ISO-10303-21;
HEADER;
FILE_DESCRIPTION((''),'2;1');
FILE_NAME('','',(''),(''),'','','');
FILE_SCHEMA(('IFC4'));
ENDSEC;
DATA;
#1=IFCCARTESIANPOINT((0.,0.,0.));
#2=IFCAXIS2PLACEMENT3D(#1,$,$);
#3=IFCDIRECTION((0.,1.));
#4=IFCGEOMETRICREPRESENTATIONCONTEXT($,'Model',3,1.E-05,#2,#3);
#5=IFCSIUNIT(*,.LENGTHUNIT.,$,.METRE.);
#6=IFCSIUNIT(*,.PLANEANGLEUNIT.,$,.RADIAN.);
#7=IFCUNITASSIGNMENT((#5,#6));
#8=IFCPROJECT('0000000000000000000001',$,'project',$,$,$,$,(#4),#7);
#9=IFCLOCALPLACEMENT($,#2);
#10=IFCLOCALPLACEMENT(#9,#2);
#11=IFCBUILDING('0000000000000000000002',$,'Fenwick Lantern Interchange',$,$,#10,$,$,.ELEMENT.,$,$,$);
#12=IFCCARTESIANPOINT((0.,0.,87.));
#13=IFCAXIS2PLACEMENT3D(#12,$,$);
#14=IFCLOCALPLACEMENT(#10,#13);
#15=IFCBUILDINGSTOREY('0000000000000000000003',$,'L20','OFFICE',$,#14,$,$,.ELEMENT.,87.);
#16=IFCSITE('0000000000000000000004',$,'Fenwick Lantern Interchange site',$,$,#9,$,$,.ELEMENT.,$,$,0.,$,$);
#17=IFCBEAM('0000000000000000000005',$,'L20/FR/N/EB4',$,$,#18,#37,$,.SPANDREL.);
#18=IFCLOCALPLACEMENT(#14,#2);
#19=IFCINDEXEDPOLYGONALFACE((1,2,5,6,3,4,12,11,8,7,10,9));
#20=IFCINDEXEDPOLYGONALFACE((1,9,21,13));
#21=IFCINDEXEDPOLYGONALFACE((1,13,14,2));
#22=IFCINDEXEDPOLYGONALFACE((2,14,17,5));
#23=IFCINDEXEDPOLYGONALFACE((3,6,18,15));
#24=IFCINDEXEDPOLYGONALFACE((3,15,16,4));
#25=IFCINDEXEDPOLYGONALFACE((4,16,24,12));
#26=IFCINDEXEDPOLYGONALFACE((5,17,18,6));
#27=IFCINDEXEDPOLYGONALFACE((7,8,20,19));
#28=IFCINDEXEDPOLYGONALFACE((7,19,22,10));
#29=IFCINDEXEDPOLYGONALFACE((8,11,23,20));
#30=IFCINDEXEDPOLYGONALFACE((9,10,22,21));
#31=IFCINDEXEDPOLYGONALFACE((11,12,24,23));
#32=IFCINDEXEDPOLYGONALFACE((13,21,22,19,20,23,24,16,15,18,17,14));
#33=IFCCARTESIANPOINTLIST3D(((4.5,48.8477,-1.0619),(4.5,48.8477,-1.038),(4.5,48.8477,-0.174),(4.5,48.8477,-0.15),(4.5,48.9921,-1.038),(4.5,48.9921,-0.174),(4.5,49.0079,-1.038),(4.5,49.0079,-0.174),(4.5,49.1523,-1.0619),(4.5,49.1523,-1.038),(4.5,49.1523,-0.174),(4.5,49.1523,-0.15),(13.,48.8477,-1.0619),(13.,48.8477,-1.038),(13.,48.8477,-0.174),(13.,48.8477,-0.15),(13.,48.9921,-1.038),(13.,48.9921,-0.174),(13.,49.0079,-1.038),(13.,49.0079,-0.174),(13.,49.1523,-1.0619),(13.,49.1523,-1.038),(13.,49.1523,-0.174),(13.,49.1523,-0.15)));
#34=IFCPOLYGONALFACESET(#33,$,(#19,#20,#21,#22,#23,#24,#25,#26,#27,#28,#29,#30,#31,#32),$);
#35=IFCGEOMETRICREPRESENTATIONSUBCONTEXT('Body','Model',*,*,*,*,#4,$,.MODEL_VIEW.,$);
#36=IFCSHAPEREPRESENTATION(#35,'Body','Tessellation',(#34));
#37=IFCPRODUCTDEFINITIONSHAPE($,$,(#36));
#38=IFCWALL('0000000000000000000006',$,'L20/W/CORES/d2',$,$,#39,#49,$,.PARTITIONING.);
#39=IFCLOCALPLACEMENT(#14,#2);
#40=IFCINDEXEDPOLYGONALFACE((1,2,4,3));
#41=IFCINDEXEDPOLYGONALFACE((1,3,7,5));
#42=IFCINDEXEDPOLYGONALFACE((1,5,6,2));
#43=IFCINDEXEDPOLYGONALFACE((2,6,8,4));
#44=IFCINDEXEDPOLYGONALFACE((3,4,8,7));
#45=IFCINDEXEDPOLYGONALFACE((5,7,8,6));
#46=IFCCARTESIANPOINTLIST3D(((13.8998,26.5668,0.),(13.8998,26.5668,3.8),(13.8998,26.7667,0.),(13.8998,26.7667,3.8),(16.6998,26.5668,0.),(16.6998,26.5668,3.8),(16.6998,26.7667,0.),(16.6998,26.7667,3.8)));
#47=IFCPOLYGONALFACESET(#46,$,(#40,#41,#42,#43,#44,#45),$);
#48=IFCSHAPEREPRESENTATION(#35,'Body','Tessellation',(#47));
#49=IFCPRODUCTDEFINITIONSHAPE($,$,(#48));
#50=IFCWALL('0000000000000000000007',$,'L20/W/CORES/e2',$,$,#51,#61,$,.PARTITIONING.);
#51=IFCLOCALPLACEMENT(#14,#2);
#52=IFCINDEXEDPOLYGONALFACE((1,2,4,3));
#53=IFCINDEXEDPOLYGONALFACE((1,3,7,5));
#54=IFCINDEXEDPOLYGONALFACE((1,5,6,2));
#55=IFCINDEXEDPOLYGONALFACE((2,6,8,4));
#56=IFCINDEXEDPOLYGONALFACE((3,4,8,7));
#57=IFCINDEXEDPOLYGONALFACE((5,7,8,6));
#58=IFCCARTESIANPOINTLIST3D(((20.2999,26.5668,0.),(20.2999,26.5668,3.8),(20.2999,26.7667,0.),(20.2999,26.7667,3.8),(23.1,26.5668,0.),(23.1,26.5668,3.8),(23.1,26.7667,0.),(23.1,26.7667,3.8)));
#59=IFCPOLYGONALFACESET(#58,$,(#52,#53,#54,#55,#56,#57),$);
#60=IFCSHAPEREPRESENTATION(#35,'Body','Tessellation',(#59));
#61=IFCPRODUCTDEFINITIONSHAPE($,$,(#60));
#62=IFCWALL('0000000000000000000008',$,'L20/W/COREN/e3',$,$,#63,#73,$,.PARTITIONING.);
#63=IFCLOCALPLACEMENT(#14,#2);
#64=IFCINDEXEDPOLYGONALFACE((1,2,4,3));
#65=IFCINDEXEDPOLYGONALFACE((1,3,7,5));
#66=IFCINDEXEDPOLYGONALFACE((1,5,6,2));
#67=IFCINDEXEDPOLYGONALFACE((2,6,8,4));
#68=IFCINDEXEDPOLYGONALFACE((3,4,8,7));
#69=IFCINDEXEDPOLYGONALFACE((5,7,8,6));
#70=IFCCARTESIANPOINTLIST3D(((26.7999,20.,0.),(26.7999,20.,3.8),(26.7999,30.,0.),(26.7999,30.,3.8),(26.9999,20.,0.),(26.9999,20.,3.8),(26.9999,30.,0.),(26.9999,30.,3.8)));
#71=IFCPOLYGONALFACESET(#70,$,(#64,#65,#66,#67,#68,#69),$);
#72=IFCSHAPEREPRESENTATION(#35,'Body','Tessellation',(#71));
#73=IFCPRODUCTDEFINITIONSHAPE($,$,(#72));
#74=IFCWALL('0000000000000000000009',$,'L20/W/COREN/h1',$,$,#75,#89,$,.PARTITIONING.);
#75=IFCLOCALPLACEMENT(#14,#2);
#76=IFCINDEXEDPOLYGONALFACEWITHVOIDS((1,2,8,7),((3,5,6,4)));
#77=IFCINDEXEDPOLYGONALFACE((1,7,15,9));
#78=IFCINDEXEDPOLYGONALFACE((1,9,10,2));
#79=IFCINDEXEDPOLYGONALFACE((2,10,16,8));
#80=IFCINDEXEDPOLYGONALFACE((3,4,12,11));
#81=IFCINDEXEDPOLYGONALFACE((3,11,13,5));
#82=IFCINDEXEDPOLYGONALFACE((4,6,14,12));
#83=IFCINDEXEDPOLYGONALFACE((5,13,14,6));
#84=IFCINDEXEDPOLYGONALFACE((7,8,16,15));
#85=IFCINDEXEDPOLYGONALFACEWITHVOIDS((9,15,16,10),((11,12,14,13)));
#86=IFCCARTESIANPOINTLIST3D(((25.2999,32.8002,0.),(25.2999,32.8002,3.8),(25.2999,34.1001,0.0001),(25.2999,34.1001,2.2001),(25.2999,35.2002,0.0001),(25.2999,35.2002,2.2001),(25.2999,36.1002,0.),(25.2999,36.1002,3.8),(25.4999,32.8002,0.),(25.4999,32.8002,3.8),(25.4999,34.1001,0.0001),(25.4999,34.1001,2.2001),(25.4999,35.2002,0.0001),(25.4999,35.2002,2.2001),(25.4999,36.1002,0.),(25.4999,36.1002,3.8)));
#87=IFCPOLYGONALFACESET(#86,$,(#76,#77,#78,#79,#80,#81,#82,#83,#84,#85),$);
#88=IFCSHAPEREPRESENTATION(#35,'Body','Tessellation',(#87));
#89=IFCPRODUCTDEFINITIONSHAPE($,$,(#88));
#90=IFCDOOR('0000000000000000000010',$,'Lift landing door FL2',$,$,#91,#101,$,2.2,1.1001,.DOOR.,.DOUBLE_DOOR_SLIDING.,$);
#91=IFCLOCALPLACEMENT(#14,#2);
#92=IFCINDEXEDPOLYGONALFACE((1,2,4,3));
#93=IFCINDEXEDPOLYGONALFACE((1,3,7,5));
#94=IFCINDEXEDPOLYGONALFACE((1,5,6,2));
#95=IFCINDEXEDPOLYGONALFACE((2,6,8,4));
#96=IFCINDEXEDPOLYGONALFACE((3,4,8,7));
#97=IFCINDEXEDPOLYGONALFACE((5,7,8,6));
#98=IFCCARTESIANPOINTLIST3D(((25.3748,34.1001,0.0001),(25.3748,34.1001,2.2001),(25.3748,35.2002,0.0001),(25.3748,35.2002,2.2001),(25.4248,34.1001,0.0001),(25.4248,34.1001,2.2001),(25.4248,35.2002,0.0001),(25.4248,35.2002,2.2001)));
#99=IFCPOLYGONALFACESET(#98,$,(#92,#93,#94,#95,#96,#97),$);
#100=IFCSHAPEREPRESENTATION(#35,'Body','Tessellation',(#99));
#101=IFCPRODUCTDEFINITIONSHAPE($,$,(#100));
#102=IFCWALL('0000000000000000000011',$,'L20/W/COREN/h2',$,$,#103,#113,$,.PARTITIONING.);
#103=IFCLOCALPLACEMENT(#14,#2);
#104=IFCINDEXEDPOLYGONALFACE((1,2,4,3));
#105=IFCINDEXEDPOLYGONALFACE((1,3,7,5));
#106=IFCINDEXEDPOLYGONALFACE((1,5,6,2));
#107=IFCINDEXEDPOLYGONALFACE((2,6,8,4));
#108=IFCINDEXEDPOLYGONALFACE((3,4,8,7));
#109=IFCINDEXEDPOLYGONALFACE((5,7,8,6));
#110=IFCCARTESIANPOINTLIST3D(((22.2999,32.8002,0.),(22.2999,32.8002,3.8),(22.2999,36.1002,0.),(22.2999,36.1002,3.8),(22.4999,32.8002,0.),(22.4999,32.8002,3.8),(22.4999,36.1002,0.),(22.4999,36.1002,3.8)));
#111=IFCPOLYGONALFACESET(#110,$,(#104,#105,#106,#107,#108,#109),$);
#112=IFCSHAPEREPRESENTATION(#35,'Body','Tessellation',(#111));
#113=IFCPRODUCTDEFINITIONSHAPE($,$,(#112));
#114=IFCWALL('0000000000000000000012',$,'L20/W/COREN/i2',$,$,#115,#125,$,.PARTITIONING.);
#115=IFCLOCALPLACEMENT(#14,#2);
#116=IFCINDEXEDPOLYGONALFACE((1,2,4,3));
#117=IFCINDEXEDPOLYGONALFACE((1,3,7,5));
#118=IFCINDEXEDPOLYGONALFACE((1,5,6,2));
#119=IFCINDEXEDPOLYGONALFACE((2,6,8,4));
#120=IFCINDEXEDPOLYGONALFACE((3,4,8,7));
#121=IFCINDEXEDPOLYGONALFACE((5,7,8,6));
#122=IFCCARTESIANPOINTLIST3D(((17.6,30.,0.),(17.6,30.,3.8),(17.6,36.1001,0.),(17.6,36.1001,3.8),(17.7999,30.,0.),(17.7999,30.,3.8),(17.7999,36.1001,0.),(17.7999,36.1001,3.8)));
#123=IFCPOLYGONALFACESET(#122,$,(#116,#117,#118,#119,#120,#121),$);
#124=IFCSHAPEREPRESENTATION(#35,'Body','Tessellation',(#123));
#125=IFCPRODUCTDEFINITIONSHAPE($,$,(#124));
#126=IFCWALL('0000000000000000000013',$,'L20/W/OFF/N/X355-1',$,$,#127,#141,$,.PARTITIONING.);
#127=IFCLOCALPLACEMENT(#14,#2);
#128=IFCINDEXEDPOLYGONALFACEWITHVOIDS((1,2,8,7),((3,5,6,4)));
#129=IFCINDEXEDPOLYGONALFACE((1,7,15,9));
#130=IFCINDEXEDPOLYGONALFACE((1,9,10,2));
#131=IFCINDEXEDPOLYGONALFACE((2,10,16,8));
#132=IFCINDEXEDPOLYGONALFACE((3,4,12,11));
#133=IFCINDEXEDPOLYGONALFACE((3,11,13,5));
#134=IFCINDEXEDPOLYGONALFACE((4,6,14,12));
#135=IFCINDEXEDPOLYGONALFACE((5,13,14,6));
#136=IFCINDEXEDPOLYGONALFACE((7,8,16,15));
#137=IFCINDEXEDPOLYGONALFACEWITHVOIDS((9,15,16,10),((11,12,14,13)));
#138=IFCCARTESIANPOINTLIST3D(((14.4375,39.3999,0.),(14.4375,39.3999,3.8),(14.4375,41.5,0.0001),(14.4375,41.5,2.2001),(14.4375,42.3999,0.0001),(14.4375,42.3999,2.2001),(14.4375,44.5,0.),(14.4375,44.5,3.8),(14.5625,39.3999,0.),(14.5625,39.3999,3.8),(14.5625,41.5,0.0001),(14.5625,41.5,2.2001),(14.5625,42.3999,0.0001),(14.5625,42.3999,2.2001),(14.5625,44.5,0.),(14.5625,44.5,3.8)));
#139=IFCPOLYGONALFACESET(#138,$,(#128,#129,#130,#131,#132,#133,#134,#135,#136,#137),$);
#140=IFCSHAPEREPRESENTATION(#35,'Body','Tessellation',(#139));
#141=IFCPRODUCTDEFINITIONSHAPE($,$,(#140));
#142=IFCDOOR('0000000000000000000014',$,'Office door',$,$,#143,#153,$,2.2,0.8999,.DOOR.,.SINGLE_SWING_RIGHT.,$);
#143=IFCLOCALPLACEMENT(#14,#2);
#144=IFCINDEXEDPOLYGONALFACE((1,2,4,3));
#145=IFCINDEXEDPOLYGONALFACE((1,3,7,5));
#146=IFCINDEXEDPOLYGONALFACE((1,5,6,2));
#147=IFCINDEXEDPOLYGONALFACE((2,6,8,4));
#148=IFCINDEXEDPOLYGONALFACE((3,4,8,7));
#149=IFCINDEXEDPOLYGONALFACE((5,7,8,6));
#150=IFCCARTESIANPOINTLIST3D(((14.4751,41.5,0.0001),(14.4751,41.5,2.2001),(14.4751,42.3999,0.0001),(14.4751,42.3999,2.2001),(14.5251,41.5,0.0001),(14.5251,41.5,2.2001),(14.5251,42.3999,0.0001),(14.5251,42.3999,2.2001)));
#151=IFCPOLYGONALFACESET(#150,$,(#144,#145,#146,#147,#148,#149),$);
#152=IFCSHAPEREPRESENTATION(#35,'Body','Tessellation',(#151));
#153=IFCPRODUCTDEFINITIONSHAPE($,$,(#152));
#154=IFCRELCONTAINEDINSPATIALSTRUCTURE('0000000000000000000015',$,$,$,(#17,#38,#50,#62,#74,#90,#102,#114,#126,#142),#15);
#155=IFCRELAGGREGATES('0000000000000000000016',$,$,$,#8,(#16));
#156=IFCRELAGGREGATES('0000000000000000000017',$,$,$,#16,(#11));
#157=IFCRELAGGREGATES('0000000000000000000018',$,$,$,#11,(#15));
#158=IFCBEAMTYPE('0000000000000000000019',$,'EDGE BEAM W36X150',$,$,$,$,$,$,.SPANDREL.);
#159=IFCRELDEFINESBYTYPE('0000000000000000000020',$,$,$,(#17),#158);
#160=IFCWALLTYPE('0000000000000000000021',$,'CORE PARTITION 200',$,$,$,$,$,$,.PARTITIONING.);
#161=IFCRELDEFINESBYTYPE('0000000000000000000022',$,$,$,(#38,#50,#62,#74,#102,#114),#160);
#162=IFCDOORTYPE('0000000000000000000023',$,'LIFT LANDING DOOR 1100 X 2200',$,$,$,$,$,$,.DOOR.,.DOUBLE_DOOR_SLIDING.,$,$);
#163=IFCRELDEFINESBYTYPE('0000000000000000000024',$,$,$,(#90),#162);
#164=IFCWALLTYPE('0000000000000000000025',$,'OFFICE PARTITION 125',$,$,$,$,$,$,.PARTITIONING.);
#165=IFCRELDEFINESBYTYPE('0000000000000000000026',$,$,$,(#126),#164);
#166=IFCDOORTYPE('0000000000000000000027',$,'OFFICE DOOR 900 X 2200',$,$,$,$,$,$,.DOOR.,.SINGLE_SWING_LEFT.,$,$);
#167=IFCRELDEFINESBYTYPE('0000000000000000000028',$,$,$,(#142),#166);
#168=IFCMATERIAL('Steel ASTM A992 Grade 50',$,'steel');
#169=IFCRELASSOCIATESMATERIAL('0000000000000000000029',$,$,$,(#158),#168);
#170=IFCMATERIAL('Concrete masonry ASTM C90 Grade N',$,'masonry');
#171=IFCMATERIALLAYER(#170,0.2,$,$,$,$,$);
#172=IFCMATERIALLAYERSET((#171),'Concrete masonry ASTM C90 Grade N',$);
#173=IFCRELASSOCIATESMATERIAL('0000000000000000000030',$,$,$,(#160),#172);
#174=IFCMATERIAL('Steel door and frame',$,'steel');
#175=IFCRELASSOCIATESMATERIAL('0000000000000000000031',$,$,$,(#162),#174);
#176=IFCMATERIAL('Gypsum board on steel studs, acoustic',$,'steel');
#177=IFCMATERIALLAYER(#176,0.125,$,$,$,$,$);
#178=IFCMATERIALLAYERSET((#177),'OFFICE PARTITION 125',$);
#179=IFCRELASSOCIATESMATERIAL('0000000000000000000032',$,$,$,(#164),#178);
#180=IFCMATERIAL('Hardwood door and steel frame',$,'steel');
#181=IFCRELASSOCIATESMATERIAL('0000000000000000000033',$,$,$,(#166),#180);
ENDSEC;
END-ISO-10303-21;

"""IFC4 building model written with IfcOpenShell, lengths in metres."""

from ifc_helpers import new_model, si_unit, direction, frame, frame_2d, origin, origin_2d, place, context, subcontext, project, spatial, rectangle, i_section, extrude, material, layer, layer_set, material_profile, profile_set, type_object, element, fill, save


model = new_model("IFC4")

# Units and contexts
model_context = context("Model", 3, precision=1e-05, world=origin(), true_north=direction((0.0, 1.0)))
body_context = subcontext(model_context, "Body", "Model", "MODEL_VIEW")
ifc_project = project(units=[si_unit("LENGTHUNIT", "METRE"), si_unit("PLANEANGLEUNIT", "RADIAN")], contexts=[model_context])

# Site, building, storey
site_placement = place(None, origin())
site = spatial("IfcSite", under=ifc_project, at=site_placement, Name="Fenwick Lantern Interchange site", CompositionType="ELEMENT", RefElevation=0.0)
building_placement = place(site_placement, origin())
building = spatial("IfcBuilding", under=site, at=building_placement, Name="Fenwick Lantern Interchange", CompositionType="ELEMENT")
storey_placement = place(building_placement, frame((0.0, 0.0, 87.0)))
storey = spatial("IfcBuildingStorey", under=building, at=storey_placement, Name="L20", Description="OFFICE", CompositionType="ELEMENT", Elevation=87.0)

# Beam
ifc_material_1 = material(Name="Steel ASTM A992 Grade 50", Category="steel")
ifc_material_profile = material_profile(ifc_material_1, i_section(OverallWidth=0.3047, OverallDepth=0.9119, WebThickness=0.0159, FlangeThickness=0.0239, at=origin_2d()), Name="W36X150")
ifc_profile_set = profile_set([ifc_material_profile], Name="Steel ASTM A992 Grade 50")
beam_type = type_object("IfcBeamType", Name="EDGE BEAM W36X150", PredefinedType="SPANDREL", material=ifc_profile_set)
beam_placement = place(storey_placement, frame((13.0, 49.0, -0.606), z_axis=(-1.0, 0.0, 0.0), x_axis=(0.0, -1.0, 0.0)))
element("IfcBeam", 1, at=beam_placement, inside=storey, type_object=beam_type, Name="L20/FR/N/EB4", PredefinedType="SPANDREL", context=body_context, shape_type="SweptSolid", body=[
    extrude(i_section(OverallWidth=0.3047, OverallDepth=0.9119, WebThickness=0.0159, FlangeThickness=0.0239, at=origin_2d()), origin(), (0.0, 0.0, 1.0), 8.5),
])

# Walls
ifc_material_2 = material(Name="Concrete masonry ASTM C90 Grade N", Category="masonry")
ifc_layer_1 = layer(ifc_material_2, 0.2)
ifc_layer_set_1 = layer_set([ifc_layer_1], Name="Concrete masonry ASTM C90 Grade N")
wall_type_1 = type_object("IfcWallType", Name="CORE PARTITION 200", PredefinedType="PARTITIONING", material=ifc_layer_set_1)
for number, where, z_axis, x_axis, name in (
    (2, (13.8999, 26.6667, 0.0), (0.0, 0.0, 1.0), (1.0, 0.0, 0.0), "L20/W/CORES/d2"),
    (3, (20.3, 26.6667, 0.0), (0.0, 0.0, 1.0), (1.0, 0.0, 0.0), "L20/W/CORES/e2"),
):
    element("IfcWall", number, at=place(storey_placement, frame(where, z_axis=z_axis, x_axis=x_axis)), inside=storey, type_object=wall_type_1, Name=name, PredefinedType="PARTITIONING", context=body_context, shape_type="SweptSolid", body=[
        extrude(rectangle(XDim=2.8, YDim=0.2, at=frame_2d((1.3999, 0.0))), origin(), (0.0, 0.0, 1.0), 3.8),
    ])
wall_1_placement = place(storey_placement, frame((26.8999, 30.0, 0.0), z_axis=(0.0, 0.0, 1.0), x_axis=(0.0, -1.0, 0.0)))
element("IfcWall", 4, at=wall_1_placement, inside=storey, type_object=wall_type_1, Name="L20/W/COREN/e3", PredefinedType="PARTITIONING", context=body_context, shape_type="SweptSolid", body=[
    extrude(rectangle(XDim=10.0, YDim=0.2, at=frame_2d((5.0, 0.0))), origin(), (0.0, 0.0, 1.0), 3.8),
])

# Wall, opening, door
wall_2_placement = place(storey_placement, frame((25.3999, 36.1001, 0.0), z_axis=(0.0, 0.0, 1.0), x_axis=(0.0, -1.0, 0.0)))
wall_2 = element("IfcWall", 5, at=wall_2_placement, inside=storey, type_object=wall_type_1, Name="L20/W/COREN/h1", PredefinedType="PARTITIONING", context=body_context, shape_type="SweptSolid", body=[
    extrude(rectangle(XDim=3.3, YDim=0.2, at=frame_2d((1.6499, 0.0))), origin(), (0.0, 0.0, 1.0), 3.8),
])
opening_1_placement = place(wall_2_placement, frame((0.8999, 0.0, 0.0)))
opening_1 = element("IfcOpeningElement", 6, at=opening_1_placement, cuts=wall_2, PredefinedType="OPENING", context=body_context, shape_type="SweptSolid", body=[
    extrude(rectangle(XDim=1.1001, YDim=2.2, at=frame_2d((0.55, 1.1001))), frame((0.0, 0.1099, 0.0), z_axis=(0.0, -1.0, 0.0), x_axis=(1.0, 0.0, 0.0)), (0.0, 0.0, 1.0), 0.22),
])
ifc_material_3 = material(Name="Steel door and frame", Category="steel")
door_type_1 = type_object("IfcDoorType", Name="LIFT LANDING DOOR 1100 X 2200", OperationType="DOUBLE_DOOR_SLIDING", PredefinedType="DOOR", material=ifc_material_3)
door_1_placement = place(opening_1_placement, origin())
door_1 = element("IfcDoor", 7, at=door_1_placement, inside=storey, type_object=door_type_1, Name="Lift landing door FL2", OperationType="DOUBLE_DOOR_SLIDING", OverallHeight=2.2, OverallWidth=1.1001, PredefinedType="DOOR", context=body_context, shape_type="SweptSolid", body=[
    extrude(rectangle(XDim=1.1001, YDim=2.2, at=frame_2d((0.55, 1.1001))), frame((0.0, 0.0249, 0.0), z_axis=(0.0, -1.0, 0.0), x_axis=(1.0, 0.0, 0.0)), (0.0, 0.0, 1.0), 0.05),
])
fill(opening_1, door_1)

# Walls
wall_3_placement = place(storey_placement, frame((22.3999, 36.1001, 0.0), z_axis=(0.0, 0.0, 1.0), x_axis=(0.0, -1.0, 0.0)))
element("IfcWall", 8, at=wall_3_placement, inside=storey, type_object=wall_type_1, Name="L20/W/COREN/h2", PredefinedType="PARTITIONING", context=body_context, shape_type="SweptSolid", body=[
    extrude(rectangle(XDim=3.3, YDim=0.2, at=frame_2d((1.6499, 0.0))), origin(), (0.0, 0.0, 1.0), 3.8),
])
wall_4_placement = place(storey_placement, frame((17.7, 36.1001, 0.0), z_axis=(0.0, 0.0, 1.0), x_axis=(0.0, -1.0, 0.0)))
element("IfcWall", 9, at=wall_4_placement, inside=storey, type_object=wall_type_1, Name="L20/W/COREN/i2", PredefinedType="PARTITIONING", context=body_context, shape_type="SweptSolid", body=[
    extrude(rectangle(XDim=6.1001, YDim=0.2, at=frame_2d((3.05, 0.0))), origin(), (0.0, 0.0, 1.0), 3.8),
])

# Shared definitions
ifc_material_4 = material(Name="Hardwood door and steel frame", Category="steel")

# Wall, opening, door
ifc_material_5 = material(Name="Gypsum board on steel studs, acoustic", Category="steel")
ifc_layer_2 = layer(ifc_material_5, 0.125)
ifc_layer_set_2 = layer_set([ifc_layer_2], Name="OFFICE PARTITION 125")
wall_type_2 = type_object("IfcWallType", Name="OFFICE PARTITION 125", PredefinedType="PARTITIONING", material=ifc_layer_set_2)
wall_5_placement = place(storey_placement, frame((14.5, 44.5, 0.0), z_axis=(0.0, 0.0, 1.0), x_axis=(0.0, -1.0, 0.0)))
wall_5 = element("IfcWall", 10, at=wall_5_placement, inside=storey, type_object=wall_type_2, Name="L20/W/OFF/N/X355-1", PredefinedType="PARTITIONING", context=body_context, shape_type="SweptSolid", body=[
    extrude(rectangle(XDim=5.1001, YDim=0.125, at=frame_2d((2.55, 0.0))), origin(), (0.0, 0.0, 1.0), 3.8),
])
opening_2_placement = place(wall_5_placement, frame((2.1001, 0.0, 0.0)))
opening_2 = element("IfcOpeningElement", 11, at=opening_2_placement, cuts=wall_5, PredefinedType="OPENING", context=body_context, shape_type="SweptSolid", body=[
    extrude(rectangle(XDim=0.8999, YDim=2.2, at=frame_2d((0.45, 1.1001))), frame((0.0, 0.0725, 0.0), z_axis=(0.0, -1.0, 0.0), x_axis=(1.0, 0.0, 0.0)), (0.0, 0.0, 1.0), 0.145),
])
door_type_2 = type_object("IfcDoorType", Name="OFFICE DOOR 900 X 2200", OperationType="SINGLE_SWING_LEFT", PredefinedType="DOOR", material=ifc_material_4)
door_2_placement = place(opening_2_placement, frame((0.8999, 0.0, 0.0), z_axis=(0.0, 0.0, 1.0), x_axis=(-1.0, 0.0, 0.0)))
door_2 = element("IfcDoor", 12, at=door_2_placement, inside=storey, type_object=door_type_2, Name="Office door", OperationType="SINGLE_SWING_RIGHT", OverallHeight=2.2, OverallWidth=0.8999, PredefinedType="DOOR", context=body_context, shape_type="SweptSolid", body=[
    extrude(rectangle(XDim=0.8999, YDim=2.2, at=frame_2d((0.45, 1.1001))), frame((0.0, 0.0249, 0.0), z_axis=(0.0, -1.0, 0.0), x_axis=(1.0, 0.0, 0.0)), (0.0, 0.0, 1.0), 0.05),
])
fill(opening_2, door_2)

save(model, "model.ifc")
